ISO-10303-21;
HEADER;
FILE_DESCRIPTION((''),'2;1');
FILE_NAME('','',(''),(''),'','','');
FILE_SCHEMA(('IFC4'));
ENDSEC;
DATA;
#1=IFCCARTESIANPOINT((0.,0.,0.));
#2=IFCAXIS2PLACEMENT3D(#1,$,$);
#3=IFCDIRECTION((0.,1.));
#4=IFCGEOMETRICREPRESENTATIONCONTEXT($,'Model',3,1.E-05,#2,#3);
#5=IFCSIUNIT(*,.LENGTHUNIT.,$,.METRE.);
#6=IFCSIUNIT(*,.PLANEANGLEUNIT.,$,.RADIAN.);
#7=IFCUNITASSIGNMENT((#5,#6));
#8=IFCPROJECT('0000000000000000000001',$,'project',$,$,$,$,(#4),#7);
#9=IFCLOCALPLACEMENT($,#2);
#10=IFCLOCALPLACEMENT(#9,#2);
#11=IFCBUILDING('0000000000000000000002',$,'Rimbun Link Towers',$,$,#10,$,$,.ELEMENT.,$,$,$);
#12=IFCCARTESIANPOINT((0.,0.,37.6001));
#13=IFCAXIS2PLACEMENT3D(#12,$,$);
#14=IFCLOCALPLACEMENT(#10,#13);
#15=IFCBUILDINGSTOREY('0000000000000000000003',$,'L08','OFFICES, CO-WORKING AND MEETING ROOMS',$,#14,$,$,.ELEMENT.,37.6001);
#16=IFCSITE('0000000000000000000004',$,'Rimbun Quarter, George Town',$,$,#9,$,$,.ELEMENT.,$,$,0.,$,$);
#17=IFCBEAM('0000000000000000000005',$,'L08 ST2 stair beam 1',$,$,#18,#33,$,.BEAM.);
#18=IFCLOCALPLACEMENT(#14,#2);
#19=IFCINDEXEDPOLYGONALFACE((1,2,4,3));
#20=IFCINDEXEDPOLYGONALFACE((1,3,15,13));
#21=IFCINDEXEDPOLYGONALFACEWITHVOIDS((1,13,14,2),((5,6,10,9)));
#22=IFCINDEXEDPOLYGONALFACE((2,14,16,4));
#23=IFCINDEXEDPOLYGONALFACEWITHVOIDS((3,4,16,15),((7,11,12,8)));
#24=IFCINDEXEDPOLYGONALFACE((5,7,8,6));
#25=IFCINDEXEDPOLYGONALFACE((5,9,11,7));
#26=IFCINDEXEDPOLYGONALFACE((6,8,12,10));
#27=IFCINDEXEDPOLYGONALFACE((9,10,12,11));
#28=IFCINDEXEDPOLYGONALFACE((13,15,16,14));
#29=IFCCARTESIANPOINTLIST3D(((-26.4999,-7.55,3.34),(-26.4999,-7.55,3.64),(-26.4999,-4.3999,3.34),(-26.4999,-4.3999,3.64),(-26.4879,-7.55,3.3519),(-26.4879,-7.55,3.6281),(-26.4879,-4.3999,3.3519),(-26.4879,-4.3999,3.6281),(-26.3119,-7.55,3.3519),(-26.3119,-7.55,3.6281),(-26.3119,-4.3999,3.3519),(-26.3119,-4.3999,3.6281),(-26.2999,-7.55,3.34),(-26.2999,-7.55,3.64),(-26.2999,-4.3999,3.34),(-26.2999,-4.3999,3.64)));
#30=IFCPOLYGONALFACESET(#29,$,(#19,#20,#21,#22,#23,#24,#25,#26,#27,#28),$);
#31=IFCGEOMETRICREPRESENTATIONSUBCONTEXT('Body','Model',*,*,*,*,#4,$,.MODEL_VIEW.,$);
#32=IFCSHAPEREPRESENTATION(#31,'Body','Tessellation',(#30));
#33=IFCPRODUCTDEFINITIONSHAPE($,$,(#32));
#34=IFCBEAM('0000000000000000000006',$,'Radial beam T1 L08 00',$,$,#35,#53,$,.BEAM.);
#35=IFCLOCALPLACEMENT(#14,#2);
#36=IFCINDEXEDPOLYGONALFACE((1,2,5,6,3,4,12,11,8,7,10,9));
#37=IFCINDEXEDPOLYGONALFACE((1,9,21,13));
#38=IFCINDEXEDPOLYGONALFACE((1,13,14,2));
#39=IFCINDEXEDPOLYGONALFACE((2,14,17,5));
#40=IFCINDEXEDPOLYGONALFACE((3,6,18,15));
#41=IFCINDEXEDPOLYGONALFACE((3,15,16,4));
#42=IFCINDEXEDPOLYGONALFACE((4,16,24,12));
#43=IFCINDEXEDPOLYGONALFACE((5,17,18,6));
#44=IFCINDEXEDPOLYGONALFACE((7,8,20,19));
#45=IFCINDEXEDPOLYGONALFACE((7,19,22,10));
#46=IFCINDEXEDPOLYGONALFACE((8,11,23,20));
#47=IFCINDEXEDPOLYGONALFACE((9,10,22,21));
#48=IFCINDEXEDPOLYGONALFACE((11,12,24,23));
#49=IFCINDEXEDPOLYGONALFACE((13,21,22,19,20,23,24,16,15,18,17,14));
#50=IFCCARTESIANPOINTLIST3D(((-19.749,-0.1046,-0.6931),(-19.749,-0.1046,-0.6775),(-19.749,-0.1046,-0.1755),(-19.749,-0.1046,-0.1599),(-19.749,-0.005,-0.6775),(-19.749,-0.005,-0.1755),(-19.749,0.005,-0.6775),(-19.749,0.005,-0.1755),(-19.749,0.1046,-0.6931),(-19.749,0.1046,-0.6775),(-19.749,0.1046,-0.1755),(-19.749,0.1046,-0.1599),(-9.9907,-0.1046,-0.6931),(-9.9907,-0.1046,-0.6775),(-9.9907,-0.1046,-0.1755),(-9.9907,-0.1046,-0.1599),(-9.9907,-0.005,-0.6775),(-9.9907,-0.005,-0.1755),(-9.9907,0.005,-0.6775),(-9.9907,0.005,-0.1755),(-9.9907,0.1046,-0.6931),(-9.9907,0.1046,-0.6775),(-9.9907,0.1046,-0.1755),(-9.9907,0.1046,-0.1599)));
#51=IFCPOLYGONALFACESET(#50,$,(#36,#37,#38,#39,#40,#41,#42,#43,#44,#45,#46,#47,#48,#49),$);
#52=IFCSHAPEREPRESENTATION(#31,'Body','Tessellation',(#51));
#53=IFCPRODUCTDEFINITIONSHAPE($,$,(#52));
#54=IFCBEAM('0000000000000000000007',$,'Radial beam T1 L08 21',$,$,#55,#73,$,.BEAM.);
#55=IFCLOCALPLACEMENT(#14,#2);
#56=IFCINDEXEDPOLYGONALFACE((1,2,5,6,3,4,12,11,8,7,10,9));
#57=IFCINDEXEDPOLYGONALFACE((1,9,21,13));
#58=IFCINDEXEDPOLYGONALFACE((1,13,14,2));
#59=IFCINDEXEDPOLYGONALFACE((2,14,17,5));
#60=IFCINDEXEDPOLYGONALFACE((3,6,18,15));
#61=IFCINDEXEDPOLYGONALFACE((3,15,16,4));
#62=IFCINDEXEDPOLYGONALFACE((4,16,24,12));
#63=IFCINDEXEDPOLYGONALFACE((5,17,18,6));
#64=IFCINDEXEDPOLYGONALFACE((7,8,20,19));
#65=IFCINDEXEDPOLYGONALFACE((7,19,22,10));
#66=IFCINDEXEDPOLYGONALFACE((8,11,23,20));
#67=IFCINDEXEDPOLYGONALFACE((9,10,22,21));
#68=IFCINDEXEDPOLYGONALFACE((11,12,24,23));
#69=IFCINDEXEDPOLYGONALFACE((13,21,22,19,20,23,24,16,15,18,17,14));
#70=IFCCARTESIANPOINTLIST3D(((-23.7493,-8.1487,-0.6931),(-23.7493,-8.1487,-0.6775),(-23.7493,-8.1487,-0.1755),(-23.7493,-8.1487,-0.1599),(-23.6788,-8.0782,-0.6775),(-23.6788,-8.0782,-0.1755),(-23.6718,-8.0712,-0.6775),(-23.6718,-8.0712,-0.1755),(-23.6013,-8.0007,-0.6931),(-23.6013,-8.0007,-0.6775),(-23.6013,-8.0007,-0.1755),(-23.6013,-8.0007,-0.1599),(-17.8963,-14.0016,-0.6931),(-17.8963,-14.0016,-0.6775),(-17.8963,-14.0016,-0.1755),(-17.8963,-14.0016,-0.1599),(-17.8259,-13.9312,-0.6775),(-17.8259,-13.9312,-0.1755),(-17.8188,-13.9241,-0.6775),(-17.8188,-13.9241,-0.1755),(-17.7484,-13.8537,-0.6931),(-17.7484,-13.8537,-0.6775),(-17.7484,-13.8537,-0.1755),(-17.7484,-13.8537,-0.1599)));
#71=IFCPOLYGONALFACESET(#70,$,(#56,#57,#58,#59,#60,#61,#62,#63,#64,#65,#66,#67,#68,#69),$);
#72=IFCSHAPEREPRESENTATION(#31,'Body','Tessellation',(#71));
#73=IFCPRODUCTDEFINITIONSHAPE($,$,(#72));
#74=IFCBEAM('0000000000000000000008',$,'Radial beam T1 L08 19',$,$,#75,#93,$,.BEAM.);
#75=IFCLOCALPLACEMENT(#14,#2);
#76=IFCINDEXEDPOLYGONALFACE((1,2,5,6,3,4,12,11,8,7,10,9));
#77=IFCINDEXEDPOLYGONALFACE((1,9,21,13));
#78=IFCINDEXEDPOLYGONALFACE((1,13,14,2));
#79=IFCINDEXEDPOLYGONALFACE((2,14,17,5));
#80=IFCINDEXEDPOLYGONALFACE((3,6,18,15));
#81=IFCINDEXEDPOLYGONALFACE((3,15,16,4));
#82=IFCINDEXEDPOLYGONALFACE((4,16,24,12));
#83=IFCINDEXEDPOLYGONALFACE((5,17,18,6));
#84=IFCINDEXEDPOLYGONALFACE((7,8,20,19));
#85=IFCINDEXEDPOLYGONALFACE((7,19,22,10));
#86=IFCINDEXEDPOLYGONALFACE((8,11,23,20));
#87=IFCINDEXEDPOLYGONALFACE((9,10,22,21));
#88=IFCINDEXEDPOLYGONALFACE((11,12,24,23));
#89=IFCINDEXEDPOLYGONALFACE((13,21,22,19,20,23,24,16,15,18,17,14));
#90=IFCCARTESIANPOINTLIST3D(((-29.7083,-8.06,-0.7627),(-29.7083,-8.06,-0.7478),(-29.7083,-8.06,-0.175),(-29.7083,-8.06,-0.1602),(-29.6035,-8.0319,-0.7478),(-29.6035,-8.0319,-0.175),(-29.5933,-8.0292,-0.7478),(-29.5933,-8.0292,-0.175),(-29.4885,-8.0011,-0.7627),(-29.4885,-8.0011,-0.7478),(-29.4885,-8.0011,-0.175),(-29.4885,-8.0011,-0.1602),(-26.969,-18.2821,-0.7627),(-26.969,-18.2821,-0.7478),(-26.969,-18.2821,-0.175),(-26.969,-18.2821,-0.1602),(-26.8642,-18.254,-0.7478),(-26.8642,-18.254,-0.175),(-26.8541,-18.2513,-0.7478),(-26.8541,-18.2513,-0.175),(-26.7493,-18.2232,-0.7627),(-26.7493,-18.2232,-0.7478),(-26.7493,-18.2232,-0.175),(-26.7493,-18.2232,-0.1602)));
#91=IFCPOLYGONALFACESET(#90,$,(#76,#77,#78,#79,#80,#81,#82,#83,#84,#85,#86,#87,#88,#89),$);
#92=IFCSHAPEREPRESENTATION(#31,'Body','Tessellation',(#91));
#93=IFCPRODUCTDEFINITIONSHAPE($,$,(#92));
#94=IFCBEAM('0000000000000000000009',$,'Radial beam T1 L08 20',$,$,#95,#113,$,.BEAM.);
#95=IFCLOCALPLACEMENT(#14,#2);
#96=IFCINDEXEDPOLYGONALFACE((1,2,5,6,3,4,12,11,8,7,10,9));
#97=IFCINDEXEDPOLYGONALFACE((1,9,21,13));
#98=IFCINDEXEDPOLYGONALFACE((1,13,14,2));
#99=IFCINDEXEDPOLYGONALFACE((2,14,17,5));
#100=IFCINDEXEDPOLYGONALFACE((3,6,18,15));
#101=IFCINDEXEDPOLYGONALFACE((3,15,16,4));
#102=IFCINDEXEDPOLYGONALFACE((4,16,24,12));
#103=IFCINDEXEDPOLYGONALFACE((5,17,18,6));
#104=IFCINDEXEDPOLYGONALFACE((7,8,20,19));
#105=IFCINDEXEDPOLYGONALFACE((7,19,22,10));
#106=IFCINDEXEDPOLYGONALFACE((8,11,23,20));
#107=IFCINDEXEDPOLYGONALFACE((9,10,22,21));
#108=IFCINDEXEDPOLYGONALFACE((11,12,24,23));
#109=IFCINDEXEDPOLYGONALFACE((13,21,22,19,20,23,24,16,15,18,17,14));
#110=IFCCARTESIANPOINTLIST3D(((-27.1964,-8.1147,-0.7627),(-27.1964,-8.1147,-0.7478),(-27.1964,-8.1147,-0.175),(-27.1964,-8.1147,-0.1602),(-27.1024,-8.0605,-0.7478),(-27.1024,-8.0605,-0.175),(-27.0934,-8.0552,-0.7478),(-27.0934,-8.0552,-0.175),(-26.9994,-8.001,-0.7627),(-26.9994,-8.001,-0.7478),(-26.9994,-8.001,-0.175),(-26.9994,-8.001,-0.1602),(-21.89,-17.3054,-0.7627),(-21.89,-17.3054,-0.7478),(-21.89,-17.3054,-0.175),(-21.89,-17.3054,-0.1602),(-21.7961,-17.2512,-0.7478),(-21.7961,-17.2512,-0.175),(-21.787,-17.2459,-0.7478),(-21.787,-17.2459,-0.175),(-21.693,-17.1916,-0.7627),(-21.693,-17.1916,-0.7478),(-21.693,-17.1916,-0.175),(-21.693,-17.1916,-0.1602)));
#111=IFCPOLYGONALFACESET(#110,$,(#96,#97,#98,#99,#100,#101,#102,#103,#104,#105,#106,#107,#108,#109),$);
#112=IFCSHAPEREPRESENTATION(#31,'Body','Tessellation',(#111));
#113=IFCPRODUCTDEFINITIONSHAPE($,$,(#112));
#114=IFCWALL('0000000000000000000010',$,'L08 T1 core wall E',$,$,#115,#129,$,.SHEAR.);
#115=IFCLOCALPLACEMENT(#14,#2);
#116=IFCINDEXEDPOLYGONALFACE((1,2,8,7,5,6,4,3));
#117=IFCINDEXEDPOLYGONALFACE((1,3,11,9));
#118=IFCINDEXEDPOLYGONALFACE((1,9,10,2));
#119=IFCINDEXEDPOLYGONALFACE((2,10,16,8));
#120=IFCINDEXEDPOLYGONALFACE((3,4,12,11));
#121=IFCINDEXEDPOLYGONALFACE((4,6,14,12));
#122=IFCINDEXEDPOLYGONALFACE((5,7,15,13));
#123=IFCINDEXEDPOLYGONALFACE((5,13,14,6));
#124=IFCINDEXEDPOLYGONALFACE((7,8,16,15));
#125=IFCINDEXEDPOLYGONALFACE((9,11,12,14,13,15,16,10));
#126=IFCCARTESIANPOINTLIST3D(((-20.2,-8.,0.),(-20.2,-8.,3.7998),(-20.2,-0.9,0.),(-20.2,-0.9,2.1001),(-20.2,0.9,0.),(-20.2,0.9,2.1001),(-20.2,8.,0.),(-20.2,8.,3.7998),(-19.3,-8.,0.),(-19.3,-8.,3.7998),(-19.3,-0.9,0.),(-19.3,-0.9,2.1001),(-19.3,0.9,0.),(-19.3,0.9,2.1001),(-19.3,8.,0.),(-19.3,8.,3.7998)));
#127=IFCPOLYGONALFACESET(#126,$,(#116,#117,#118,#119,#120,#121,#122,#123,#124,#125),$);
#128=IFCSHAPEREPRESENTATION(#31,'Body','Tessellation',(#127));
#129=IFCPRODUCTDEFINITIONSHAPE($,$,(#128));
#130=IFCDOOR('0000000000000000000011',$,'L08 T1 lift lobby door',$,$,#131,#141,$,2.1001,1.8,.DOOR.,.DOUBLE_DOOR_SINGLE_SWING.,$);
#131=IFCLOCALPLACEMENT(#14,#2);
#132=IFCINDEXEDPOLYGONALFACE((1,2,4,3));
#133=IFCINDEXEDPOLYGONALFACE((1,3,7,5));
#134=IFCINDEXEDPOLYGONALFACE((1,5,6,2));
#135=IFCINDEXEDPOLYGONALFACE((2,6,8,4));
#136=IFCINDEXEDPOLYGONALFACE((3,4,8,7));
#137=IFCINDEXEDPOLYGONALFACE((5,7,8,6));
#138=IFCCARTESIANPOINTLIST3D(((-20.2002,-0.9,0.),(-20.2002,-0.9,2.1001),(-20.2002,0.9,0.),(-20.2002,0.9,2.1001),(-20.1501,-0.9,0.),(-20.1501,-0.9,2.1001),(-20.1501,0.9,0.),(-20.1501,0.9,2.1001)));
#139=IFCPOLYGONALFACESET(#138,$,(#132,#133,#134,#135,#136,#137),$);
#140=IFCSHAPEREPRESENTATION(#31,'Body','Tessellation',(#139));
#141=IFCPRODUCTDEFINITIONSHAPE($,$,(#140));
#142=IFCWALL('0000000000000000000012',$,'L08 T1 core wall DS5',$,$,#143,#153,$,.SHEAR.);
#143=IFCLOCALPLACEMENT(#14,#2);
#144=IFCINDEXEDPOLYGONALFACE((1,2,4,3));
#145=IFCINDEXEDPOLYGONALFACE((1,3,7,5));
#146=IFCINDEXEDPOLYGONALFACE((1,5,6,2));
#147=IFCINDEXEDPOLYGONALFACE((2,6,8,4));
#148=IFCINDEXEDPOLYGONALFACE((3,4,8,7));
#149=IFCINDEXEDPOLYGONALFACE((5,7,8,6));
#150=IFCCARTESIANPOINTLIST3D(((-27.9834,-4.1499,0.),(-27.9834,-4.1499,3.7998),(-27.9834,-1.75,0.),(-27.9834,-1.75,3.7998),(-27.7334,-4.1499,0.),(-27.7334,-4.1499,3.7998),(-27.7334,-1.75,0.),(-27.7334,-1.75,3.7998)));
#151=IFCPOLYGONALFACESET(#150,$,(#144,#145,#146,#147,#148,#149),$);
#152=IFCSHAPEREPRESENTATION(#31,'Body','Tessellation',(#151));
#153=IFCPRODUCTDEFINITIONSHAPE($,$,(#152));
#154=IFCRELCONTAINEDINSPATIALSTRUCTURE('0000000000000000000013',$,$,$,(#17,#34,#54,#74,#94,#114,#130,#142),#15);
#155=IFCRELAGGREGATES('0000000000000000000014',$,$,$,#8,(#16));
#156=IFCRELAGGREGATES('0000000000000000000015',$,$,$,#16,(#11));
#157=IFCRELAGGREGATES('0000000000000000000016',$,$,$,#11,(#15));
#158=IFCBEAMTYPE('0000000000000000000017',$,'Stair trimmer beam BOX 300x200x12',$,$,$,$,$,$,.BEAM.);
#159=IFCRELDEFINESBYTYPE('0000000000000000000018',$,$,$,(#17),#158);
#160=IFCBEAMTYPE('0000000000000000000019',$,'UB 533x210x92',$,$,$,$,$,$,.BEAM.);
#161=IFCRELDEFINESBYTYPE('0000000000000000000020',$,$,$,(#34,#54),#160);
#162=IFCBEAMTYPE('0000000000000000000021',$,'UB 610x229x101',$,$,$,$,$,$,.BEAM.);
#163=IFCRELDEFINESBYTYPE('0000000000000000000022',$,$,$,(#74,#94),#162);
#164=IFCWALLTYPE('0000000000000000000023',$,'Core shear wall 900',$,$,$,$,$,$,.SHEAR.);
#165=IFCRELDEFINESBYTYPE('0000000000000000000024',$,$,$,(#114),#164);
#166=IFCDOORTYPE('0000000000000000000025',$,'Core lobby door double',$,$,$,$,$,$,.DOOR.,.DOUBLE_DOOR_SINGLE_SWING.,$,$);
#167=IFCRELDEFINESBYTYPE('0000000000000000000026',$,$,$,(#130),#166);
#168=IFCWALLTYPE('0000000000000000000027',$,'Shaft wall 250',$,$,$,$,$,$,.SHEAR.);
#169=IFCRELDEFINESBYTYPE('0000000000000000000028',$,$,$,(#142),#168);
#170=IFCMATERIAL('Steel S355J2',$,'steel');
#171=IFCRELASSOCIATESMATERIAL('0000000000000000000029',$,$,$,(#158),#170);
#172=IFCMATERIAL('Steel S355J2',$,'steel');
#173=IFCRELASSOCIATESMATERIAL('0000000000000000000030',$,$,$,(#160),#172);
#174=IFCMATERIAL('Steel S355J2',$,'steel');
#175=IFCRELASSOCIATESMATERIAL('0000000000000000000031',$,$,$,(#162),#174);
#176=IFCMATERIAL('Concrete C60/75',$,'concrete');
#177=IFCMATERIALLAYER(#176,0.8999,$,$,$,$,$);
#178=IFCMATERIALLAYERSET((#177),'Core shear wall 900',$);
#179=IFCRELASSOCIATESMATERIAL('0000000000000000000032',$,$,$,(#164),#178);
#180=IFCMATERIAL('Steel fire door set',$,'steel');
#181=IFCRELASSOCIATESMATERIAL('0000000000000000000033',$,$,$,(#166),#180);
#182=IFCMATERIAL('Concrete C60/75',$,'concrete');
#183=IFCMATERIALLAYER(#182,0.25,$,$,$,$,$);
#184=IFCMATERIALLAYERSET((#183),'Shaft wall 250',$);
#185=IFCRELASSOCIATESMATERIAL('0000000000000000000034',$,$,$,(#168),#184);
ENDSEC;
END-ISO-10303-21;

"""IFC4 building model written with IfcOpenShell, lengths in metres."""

from ifc_helpers import new_model, si_unit, direction, frame, frame_2d, origin, origin_2d, place, context, subcontext, project, spatial, rectangle, hollow_rectangle, i_section, extrude, material, layer, layer_set, material_profile, profile_set, type_object, element, fill, save


model = new_model("IFC4")

# Units and contexts
model_context = context("Model", 3, precision=1e-05, world=origin(), true_north=direction((0.0, 1.0)))
body_context = subcontext(model_context, "Body", "Model", "MODEL_VIEW")
ifc_project = project(units=[si_unit("LENGTHUNIT", "METRE"), si_unit("PLANEANGLEUNIT", "RADIAN")], contexts=[model_context])

# Site, building, storey
site_placement = place(None, origin())
site = spatial("IfcSite", under=ifc_project, at=site_placement, Name="Rimbun Quarter, George Town", CompositionType="ELEMENT", RefElevation=0.0)
building_placement = place(site_placement, origin())
building = spatial("IfcBuilding", under=site, at=building_placement, Name="Rimbun Link Towers", CompositionType="ELEMENT")
storey_placement = place(building_placement, frame((0.0, 0.0, 37.6001)))
storey = spatial("IfcBuildingStorey", under=building, at=storey_placement, Name="L08", Description="OFFICES, CO-WORKING AND MEETING ROOMS", CompositionType="ELEMENT", Elevation=37.6001)

# Beams
ifc_material_1 = material(Name="Steel S355J2", Category="steel")
ifc_material_profile_1 = material_profile(ifc_material_1, hollow_rectangle(XDim=0.2, YDim=0.3, WallThickness=0.012, at=origin_2d()), Name="BOX 300x200x12")
ifc_profile_set_1 = profile_set([ifc_material_profile_1], Name="Steel S355J2")
beam_type_1 = type_object("IfcBeamType", Name="Stair trimmer beam BOX 300x200x12", PredefinedType="BEAM", material=ifc_profile_set_1)
beam_1_placement = place(storey_placement, frame((-26.3999, -7.55, 3.49), z_axis=(0.0, 1.0, 0.0), x_axis=(-1.0, 0.0, 0.0)))
element("IfcBeam", 1, at=beam_1_placement, inside=storey, type_object=beam_type_1, Name="L08 ST2 stair beam 1", PredefinedType="BEAM", context=body_context, shape_type="SweptSolid", body=[
    extrude(hollow_rectangle(XDim=0.2, YDim=0.3, WallThickness=0.012, at=origin_2d()), origin(), (0.0, 0.0, 1.0), 3.1501),
])
ifc_material_2 = material(Name="Steel S355J2", Category="steel")
ifc_material_profile_2 = material_profile(ifc_material_2, i_section(OverallWidth=0.2092, OverallDepth=0.5332, WebThickness=0.01, FlangeThickness=0.0156, at=origin_2d()), Name="UB 533x210x92")
ifc_profile_set_2 = profile_set([ifc_material_profile_2], Name="Steel S355J2")
beam_type_2 = type_object("IfcBeamType", Name="UB 533x210x92", PredefinedType="BEAM", material=ifc_profile_set_2)
beam_2_placement = place(storey_placement, frame((-19.749, 0.0, -0.4265), z_axis=(1.0, 0.0, 0.0), x_axis=(0.0, 1.0, 0.0)))
element("IfcBeam", 2, at=beam_2_placement, inside=storey, type_object=beam_type_2, Name="Radial beam T1 L08 00", PredefinedType="BEAM", context=body_context, shape_type="SweptSolid", body=[
    extrude(i_section(OverallWidth=0.2092, OverallDepth=0.5332, WebThickness=0.01, FlangeThickness=0.0156, at=origin_2d()), origin(), (0.0, 0.0, 1.0), 9.7583),
])
beam_3_placement = place(storey_placement, frame((-23.6753, -8.0747, -0.4265), z_axis=(0.707107, -0.707107, 0.0), x_axis=(0.707107, 0.707107, 0.0)))
element("IfcBeam", 3, at=beam_3_placement, inside=storey, type_object=beam_type_2, Name="Radial beam T1 L08 21", PredefinedType="BEAM", context=body_context, shape_type="SweptSolid", body=[
    extrude(i_section(OverallWidth=0.2092, OverallDepth=0.5332, WebThickness=0.01, FlangeThickness=0.0156, at=origin_2d()), origin(), (0.0, 0.0, 1.0), 8.2773),
])
ifc_material_3 = material(Name="Steel S355J2", Category="steel")
ifc_material_profile_3 = material_profile(ifc_material_3, i_section(OverallWidth=0.2275, OverallDepth=0.6025, WebThickness=0.0105, FlangeThickness=0.0149, at=origin_2d()), Name="UB 610x229x101")
ifc_profile_set_3 = profile_set([ifc_material_profile_3], Name="Steel S355J2")
beam_type_3 = type_object("IfcBeamType", Name="UB 610x229x101", PredefinedType="BEAM", material=ifc_profile_set_3)
beam_4_placement = place(storey_placement, frame((-29.5984, -8.0305, -0.4614), z_axis=(0.25884, -0.96592, 0.0), x_axis=(0.96592, 0.25884, 0.0)))
element("IfcBeam", 4, at=beam_4_placement, inside=storey, type_object=beam_type_3, Name="Radial beam T1 L08 19", PredefinedType="BEAM", context=body_context, shape_type="SweptSolid", body=[
    extrude(i_section(OverallWidth=0.2275, OverallDepth=0.6025, WebThickness=0.0105, FlangeThickness=0.0149, at=origin_2d()), origin(), (0.0, 0.0, 1.0), 10.5828),
])
beam_5_placement = place(storey_placement, frame((-27.0979, -8.0579, -0.4614), z_axis=(0.500011, -0.866019, 0.0), x_axis=(0.866019, 0.500011, 0.0)))
element("IfcBeam", 5, at=beam_5_placement, inside=storey, type_object=beam_type_3, Name="Radial beam T1 L08 20", PredefinedType="BEAM", context=body_context, shape_type="SweptSolid", body=[
    extrude(i_section(OverallWidth=0.2275, OverallDepth=0.6025, WebThickness=0.0105, FlangeThickness=0.0149, at=origin_2d()), origin(), (0.0, 0.0, 1.0), 10.6125),
])

# Wall, opening, door
ifc_material_4 = material(Name="Concrete C60/75", Category="concrete")
ifc_layer_1 = layer(ifc_material_4, 0.8999)
ifc_layer_set_1 = layer_set([ifc_layer_1], Name="Core shear wall 900")
wall_type_1 = type_object("IfcWallType", Name="Core shear wall 900", PredefinedType="SHEAR", material=ifc_layer_set_1)
wall_1_placement = place(storey_placement, frame((-19.75, -8.0, 0.0), z_axis=(0.0, 0.0, 1.0), x_axis=(0.0, 1.0, 0.0)))
wall_1 = element("IfcWall", 6, at=wall_1_placement, inside=storey, type_object=wall_type_1, Name="L08 T1 core wall E", PredefinedType="SHEAR", context=body_context, shape_type="SweptSolid", body=[
    extrude(rectangle(XDim=16.0, YDim=0.8999, at=frame_2d((8.0, 0.0))), origin(), (0.0, 0.0, 1.0), 3.7998),
])
opening_1_placement = place(wall_1_placement, frame((7.1001, 0.0, 0.0)))
opening_1 = element("IfcOpeningElement", 7, at=opening_1_placement, cuts=wall_1, PredefinedType="OPENING", context=body_context, shape_type="SweptSolid", body=[
    extrude(rectangle(XDim=1.8, YDim=2.1001, at=frame_2d((0.8999, 1.05))), frame((0.0, 0.46, 0.0), z_axis=(0.0, -1.0, 0.0), x_axis=(1.0, 0.0, 0.0)), (0.0, 0.0, 1.0), 0.9199),
])
ifc_material_5 = material(Name="Steel fire door set", Category="steel")
door_type_1 = type_object("IfcDoorType", Name="Core lobby door double", OperationType="DOUBLE_DOOR_SINGLE_SWING", PredefinedType="DOOR", material=ifc_material_5)
door_1_placement = place(opening_1_placement, origin())
door_1 = element("IfcDoor", 8, at=door_1_placement, inside=storey, type_object=door_type_1, Name="L08 T1 lift lobby door", OperationType="DOUBLE_DOOR_SINGLE_SWING", OverallHeight=2.1001, OverallWidth=1.8, PredefinedType="DOOR", context=body_context, shape_type="SweptSolid", body=[
    extrude(rectangle(XDim=1.8, YDim=2.1001, at=frame_2d((0.8999, 1.05))), frame((0.0, 0.4502, 0.0), z_axis=(0.0, -1.0, 0.0), x_axis=(1.0, 0.0, 0.0)), (0.0, 0.0, 1.0), 0.05),
])
fill(opening_1, door_1)

# Wall
ifc_material_6 = material(Name="Concrete C60/75", Category="concrete")
ifc_layer_2 = layer(ifc_material_6, 0.25)
ifc_layer_set_2 = layer_set([ifc_layer_2], Name="Shaft wall 250")
wall_type_2 = type_object("IfcWallType", Name="Shaft wall 250", PredefinedType="SHEAR", material=ifc_layer_set_2)
wall_2_placement = place(storey_placement, frame((-27.8584, -4.1499, 0.0), z_axis=(0.0, 0.0, 1.0), x_axis=(0.0, 1.0, 0.0)))
element("IfcWall", 9, at=wall_2_placement, inside=storey, type_object=wall_type_2, Name="L08 T1 core wall DS5", PredefinedType="SHEAR", context=body_context, shape_type="SweptSolid", body=[
    extrude(rectangle(XDim=2.3999, YDim=0.25, at=frame_2d((1.2, 0.0))), origin(), (0.0, 0.0, 1.0), 3.7998),
])

save(model, "model.ifc")
